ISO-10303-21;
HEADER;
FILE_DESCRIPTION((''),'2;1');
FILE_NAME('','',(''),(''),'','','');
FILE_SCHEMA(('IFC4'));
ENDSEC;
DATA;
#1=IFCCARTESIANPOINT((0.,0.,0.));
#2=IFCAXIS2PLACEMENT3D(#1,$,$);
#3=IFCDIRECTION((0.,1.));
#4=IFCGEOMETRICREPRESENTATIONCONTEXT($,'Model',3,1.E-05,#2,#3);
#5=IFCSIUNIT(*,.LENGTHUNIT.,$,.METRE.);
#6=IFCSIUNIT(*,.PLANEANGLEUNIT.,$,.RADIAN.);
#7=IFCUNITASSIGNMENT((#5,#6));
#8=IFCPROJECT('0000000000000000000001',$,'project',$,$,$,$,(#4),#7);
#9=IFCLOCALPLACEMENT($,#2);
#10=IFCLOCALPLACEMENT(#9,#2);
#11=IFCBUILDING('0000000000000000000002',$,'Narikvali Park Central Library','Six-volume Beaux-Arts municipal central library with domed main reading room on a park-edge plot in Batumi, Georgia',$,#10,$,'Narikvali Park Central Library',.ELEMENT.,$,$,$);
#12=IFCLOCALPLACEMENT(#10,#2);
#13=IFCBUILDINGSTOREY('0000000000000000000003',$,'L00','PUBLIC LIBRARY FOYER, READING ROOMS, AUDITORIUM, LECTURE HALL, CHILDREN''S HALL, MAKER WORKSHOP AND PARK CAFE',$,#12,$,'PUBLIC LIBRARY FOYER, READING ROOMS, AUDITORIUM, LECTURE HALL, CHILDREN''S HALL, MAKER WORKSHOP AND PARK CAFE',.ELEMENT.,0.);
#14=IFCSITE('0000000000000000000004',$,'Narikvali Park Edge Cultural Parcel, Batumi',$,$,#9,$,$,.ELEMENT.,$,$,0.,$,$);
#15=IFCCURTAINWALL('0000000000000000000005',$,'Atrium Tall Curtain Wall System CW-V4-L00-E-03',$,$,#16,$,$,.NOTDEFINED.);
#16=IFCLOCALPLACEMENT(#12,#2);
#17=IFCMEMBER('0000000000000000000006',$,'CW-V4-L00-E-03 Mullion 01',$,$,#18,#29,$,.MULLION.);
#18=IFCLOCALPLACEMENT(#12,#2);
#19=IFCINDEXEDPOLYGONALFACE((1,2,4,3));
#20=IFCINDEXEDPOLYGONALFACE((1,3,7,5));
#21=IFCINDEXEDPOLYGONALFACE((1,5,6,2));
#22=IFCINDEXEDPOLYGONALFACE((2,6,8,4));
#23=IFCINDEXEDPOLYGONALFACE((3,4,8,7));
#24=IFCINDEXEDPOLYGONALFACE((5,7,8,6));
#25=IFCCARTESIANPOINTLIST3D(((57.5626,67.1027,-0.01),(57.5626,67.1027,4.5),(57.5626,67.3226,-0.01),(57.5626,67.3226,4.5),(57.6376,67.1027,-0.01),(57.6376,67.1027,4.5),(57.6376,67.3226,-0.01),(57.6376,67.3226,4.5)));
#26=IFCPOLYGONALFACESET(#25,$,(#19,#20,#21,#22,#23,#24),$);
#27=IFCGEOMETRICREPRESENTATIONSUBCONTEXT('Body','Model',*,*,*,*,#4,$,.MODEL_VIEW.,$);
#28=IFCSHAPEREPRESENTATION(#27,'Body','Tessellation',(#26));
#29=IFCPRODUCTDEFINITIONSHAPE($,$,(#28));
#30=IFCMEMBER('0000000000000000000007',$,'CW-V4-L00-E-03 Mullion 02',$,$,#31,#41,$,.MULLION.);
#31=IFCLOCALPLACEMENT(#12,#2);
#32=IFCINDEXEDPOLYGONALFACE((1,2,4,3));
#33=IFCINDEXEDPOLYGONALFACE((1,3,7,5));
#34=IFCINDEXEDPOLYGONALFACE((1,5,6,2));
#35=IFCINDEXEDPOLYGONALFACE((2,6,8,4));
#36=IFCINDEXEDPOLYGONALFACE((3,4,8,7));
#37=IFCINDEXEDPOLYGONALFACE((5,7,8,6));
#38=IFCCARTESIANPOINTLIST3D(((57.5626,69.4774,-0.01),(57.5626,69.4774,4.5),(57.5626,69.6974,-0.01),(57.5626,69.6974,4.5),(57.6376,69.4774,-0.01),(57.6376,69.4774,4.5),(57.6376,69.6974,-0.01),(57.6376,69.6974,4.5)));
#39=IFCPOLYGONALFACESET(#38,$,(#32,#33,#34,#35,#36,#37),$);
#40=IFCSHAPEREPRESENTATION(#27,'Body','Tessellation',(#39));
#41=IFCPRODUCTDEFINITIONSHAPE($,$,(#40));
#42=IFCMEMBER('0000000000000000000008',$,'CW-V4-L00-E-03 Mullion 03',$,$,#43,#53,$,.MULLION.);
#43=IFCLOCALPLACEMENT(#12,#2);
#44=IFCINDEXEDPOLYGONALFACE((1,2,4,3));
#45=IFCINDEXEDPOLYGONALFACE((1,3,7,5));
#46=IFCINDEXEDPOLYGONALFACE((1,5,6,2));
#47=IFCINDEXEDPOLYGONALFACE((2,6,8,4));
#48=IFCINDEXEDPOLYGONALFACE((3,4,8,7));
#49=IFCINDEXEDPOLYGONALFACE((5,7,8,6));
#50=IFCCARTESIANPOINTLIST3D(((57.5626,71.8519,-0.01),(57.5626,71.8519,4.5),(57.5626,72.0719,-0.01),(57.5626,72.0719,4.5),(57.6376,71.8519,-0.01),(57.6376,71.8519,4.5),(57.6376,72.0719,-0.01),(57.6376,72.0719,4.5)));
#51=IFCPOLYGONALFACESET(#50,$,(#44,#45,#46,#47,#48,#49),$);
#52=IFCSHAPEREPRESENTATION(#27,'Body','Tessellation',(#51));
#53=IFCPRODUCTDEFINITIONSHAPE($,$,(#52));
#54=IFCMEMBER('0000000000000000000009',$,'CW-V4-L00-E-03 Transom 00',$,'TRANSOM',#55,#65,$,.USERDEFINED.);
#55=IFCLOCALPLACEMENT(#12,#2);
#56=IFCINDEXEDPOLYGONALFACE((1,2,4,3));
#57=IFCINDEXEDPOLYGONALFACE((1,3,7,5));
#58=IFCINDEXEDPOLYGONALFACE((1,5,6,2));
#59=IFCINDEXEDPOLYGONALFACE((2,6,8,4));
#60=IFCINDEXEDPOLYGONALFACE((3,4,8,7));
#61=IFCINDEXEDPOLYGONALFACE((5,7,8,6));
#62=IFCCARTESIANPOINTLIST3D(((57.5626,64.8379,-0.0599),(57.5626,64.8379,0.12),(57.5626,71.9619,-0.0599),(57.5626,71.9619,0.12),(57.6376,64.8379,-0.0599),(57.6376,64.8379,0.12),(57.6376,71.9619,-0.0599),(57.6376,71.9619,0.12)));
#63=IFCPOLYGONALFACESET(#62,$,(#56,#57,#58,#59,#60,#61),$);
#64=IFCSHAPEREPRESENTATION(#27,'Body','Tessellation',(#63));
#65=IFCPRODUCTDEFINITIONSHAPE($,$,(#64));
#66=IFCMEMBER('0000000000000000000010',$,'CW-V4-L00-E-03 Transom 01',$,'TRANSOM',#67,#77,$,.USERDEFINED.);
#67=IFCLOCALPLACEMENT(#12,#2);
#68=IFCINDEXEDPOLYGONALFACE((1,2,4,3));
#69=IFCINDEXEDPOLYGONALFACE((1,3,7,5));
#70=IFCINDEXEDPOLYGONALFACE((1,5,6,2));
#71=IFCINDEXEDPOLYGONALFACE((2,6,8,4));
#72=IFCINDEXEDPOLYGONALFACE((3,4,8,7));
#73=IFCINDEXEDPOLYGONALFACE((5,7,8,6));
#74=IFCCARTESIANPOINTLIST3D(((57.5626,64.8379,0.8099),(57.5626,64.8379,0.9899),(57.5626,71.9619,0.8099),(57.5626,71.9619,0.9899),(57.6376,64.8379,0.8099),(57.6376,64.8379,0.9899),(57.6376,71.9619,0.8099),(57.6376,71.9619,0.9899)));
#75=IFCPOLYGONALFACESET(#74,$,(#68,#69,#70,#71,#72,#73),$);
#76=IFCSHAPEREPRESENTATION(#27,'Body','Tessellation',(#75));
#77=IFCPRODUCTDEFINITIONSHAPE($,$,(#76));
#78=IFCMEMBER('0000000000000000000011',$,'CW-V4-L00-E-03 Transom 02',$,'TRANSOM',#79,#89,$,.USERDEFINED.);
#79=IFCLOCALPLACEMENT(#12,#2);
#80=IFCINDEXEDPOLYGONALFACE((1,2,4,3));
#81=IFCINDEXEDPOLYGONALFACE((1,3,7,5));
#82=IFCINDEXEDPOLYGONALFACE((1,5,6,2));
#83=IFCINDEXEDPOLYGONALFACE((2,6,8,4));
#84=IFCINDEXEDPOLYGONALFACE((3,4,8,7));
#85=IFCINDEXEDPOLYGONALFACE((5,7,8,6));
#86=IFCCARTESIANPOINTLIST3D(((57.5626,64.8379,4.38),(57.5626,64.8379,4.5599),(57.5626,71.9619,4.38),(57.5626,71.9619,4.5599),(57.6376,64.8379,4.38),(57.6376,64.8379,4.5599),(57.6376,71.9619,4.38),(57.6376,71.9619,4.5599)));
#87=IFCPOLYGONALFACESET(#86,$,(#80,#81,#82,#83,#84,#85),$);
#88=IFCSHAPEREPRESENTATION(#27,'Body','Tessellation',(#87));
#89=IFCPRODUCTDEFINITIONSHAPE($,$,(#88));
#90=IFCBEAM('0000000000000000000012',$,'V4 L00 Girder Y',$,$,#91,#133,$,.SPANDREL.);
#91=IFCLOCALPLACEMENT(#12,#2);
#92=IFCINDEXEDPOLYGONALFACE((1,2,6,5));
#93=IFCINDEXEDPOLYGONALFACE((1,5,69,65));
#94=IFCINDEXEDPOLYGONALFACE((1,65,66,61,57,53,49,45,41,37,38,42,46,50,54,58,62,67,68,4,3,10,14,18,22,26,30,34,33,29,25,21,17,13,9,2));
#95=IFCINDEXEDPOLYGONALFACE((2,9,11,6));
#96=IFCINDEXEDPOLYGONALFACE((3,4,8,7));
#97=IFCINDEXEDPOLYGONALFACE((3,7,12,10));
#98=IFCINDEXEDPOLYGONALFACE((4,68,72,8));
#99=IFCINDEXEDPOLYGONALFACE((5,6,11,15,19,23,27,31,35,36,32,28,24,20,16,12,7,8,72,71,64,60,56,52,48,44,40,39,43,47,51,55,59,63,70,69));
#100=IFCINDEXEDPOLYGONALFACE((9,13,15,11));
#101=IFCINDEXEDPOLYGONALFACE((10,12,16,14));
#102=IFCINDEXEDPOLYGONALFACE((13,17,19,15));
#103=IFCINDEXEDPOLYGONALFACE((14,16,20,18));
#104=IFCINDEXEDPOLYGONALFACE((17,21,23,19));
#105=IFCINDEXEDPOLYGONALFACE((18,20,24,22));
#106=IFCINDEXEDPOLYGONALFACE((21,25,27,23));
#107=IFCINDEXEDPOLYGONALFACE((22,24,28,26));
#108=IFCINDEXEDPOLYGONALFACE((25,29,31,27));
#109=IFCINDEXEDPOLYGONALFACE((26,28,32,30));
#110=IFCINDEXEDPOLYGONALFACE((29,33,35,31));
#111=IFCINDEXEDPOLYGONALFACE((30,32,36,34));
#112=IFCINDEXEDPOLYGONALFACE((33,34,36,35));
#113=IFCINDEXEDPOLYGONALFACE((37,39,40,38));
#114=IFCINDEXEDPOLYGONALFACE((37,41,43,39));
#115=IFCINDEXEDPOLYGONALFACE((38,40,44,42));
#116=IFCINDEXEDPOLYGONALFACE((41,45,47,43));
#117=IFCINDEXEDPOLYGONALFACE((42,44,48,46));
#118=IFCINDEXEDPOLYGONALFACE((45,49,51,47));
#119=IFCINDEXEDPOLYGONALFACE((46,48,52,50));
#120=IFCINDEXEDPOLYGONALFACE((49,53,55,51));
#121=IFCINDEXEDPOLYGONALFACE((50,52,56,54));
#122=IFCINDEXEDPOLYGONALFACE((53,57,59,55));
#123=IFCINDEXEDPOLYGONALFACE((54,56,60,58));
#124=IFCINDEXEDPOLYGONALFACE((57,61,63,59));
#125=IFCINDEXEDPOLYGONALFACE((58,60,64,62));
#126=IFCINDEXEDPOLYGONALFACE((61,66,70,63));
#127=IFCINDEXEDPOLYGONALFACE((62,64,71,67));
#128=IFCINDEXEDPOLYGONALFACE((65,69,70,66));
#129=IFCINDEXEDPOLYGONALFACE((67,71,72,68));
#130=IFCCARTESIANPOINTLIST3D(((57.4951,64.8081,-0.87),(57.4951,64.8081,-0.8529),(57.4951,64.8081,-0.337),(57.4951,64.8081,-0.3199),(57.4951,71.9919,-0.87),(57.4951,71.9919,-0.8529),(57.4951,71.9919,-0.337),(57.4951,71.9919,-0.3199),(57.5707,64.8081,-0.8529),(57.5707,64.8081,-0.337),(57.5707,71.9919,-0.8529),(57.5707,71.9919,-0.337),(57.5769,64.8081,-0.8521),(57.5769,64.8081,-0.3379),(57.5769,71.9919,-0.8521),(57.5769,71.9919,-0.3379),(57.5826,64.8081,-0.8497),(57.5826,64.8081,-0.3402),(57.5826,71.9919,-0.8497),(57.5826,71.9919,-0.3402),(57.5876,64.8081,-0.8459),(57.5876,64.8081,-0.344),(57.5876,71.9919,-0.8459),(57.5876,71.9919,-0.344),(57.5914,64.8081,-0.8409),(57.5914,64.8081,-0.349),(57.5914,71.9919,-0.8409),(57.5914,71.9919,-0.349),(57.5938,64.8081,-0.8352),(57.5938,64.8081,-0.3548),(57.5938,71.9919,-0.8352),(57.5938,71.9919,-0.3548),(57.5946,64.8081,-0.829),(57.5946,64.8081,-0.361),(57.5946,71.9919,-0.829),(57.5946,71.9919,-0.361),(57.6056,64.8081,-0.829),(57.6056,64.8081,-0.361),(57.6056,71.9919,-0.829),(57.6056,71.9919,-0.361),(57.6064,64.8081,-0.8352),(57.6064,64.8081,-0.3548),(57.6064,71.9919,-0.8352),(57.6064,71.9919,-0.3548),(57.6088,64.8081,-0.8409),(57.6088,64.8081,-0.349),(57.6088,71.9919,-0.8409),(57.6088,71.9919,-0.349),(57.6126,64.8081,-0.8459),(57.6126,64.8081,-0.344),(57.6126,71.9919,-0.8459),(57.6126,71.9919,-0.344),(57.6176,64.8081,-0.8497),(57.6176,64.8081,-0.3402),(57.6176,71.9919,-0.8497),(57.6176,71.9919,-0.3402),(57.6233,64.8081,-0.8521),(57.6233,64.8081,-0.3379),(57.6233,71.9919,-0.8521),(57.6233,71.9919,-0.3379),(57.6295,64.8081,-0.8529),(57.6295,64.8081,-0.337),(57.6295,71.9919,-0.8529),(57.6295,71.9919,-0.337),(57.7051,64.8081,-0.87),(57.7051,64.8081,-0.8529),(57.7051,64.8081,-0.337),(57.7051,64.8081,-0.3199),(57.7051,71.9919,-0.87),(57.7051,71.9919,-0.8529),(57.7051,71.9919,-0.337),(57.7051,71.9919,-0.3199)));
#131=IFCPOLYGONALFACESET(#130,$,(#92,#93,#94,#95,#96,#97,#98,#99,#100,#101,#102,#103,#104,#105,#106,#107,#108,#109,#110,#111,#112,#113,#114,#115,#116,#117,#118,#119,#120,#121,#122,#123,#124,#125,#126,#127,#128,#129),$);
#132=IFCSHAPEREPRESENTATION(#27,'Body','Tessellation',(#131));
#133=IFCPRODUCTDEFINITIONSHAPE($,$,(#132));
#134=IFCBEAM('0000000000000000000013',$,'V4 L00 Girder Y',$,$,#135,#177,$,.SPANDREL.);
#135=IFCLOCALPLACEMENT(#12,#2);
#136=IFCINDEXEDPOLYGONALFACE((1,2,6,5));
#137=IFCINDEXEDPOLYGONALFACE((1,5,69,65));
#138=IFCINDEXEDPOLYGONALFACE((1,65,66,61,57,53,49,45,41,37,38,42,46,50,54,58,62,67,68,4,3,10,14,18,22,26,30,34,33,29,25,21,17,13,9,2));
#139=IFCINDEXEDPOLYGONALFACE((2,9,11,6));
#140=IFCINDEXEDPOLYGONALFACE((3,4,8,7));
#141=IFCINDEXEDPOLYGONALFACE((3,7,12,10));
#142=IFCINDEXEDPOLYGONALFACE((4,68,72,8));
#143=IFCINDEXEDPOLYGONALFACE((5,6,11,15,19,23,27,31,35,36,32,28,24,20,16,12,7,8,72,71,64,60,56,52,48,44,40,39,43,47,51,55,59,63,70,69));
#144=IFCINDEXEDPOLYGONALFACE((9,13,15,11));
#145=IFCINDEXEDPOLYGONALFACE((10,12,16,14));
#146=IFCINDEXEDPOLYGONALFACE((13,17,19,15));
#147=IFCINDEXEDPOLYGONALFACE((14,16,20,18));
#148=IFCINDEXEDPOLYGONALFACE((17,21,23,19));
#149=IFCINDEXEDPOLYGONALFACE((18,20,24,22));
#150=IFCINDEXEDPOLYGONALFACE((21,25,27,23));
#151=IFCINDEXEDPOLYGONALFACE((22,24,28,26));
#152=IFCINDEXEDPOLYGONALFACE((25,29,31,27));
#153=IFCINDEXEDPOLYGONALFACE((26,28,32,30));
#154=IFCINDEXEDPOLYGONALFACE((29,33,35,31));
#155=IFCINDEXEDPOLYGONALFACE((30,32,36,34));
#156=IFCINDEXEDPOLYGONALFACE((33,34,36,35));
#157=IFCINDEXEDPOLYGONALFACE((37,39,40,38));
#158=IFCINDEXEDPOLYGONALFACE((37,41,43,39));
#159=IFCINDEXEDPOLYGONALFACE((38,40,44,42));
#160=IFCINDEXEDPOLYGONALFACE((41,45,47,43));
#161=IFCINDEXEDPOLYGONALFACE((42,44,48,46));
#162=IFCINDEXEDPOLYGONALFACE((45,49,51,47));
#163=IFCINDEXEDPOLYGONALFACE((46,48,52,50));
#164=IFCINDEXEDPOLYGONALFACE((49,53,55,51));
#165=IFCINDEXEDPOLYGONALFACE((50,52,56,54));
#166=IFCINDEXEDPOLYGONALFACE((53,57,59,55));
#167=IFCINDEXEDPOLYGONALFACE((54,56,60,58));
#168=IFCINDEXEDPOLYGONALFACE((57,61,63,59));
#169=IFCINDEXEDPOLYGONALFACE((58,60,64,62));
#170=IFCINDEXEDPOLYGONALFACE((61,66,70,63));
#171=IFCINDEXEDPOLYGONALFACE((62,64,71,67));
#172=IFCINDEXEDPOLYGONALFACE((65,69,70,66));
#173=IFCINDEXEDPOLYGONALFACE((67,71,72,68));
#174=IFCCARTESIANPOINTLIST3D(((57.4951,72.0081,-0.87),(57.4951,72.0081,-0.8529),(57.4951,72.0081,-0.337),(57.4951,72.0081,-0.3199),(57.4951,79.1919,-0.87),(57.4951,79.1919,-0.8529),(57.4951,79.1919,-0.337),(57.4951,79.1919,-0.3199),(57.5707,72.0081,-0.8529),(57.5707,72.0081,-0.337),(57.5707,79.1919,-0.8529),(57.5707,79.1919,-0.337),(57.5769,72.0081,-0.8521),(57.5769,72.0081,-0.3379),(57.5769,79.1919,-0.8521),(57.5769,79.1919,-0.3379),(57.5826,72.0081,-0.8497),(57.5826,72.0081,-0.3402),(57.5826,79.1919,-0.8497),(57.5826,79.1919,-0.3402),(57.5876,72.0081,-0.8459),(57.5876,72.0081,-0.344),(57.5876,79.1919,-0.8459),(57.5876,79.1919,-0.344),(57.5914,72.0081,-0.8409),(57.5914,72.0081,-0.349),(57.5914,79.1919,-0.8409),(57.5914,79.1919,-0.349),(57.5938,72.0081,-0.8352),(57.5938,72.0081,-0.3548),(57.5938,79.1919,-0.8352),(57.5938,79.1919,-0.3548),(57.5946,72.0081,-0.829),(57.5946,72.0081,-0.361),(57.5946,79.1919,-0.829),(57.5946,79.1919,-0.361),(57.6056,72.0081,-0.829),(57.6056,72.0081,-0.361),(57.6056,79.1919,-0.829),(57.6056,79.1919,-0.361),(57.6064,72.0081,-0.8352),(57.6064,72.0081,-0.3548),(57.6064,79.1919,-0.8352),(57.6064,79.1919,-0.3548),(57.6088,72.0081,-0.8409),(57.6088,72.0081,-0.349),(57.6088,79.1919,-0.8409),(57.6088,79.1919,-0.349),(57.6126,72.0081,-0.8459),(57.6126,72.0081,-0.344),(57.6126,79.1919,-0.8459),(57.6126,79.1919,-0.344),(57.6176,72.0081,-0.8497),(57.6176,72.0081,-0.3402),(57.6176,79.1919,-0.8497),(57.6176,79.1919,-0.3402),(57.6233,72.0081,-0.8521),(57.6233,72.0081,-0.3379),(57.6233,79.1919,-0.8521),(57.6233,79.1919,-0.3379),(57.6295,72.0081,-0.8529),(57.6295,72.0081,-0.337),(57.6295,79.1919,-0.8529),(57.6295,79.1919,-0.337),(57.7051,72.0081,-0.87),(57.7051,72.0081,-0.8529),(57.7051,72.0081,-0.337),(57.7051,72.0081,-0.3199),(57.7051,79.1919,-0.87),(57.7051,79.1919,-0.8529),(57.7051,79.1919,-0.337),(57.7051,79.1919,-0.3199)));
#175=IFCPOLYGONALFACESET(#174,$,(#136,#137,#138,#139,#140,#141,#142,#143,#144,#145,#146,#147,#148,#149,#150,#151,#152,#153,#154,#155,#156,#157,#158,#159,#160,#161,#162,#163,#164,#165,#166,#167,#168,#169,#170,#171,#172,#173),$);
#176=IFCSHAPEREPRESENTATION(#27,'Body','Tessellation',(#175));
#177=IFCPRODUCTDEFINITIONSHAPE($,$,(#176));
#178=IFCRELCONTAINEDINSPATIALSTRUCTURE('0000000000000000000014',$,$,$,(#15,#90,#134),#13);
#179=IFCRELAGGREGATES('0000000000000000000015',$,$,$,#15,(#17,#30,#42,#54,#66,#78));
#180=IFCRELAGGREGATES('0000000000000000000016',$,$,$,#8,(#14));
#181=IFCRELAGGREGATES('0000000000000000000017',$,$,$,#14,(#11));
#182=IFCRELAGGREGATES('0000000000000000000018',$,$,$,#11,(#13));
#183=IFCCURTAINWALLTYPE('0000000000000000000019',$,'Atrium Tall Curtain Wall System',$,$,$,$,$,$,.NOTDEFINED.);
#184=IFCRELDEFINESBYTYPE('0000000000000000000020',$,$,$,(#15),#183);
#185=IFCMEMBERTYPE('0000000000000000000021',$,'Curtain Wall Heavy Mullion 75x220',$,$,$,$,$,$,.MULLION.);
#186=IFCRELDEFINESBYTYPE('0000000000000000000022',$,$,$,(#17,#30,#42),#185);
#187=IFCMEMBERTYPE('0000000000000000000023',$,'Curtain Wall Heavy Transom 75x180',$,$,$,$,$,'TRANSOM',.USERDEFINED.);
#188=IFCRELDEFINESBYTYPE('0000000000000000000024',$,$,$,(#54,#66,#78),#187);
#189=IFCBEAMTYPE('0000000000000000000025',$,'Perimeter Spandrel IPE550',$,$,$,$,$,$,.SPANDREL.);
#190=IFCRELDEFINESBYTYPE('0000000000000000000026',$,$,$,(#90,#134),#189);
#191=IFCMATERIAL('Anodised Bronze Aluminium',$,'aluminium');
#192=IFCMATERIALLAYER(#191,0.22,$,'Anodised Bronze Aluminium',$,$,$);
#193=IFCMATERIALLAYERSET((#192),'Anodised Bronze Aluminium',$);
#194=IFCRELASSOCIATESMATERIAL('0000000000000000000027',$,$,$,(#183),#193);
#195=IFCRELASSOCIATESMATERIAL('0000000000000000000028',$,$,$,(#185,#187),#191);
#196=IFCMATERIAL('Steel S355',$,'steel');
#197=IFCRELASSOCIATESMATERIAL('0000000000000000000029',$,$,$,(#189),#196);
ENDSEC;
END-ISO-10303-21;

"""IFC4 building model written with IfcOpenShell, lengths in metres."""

from ifc_helpers import new_model, si_unit, direction, frame, origin, origin_2d, place, context, subcontext, project, spatial, rectangle, i_section, extrude, material, layer, layer_set, material_profile, profile_set, type_object, element, aggregate, save


model = new_model("IFC4")

# Units and contexts
model_context = context("Model", 3, precision=1e-05, world=origin(), true_north=direction((0.0, 1.0)))
body_context = subcontext(model_context, "Body", "Model", "MODEL_VIEW")
ifc_project = project(units=[si_unit("LENGTHUNIT", "METRE"), si_unit("PLANEANGLEUNIT", "RADIAN")], contexts=[model_context])

# Site, building, storey
site_placement = place(None, origin())
site = spatial("IfcSite", under=ifc_project, at=site_placement, Name="Narikvali Park Edge Cultural Parcel, Batumi", CompositionType="ELEMENT", RefElevation=0.0)
building_placement = place(site_placement, origin())
building = spatial("IfcBuilding", under=site, at=building_placement, Name="Narikvali Park Central Library", Description="Six-volume Beaux-Arts municipal central library with domed main reading room on a park-edge plot in Batumi, Georgia", LongName="Narikvali Park Central Library", CompositionType="ELEMENT")
storey_placement = place(building_placement, origin())
storey = spatial("IfcBuildingStorey", under=building, at=storey_placement, Name="L00", Description="PUBLIC LIBRARY FOYER, READING ROOMS, AUDITORIUM, LECTURE HALL, CHILDREN'S HALL, MAKER WORKSHOP AND PARK CAFE", LongName="PUBLIC LIBRARY FOYER, READING ROOMS, AUDITORIUM, LECTURE HALL, CHILDREN'S HALL, MAKER WORKSHOP AND PARK CAFE", CompositionType="ELEMENT", Elevation=0.0)

# Shared definitions
ifc_material_1 = material(Name="Steel S355", Category="steel")

# Curtain wall, members
ifc_material_2 = material(Name="Anodised Bronze Aluminium", Category="aluminium")
ifc_layer_1 = layer(ifc_material_2, 0.22, Name="Anodised Bronze Aluminium")
ifc_layer_set_1 = layer_set([ifc_layer_1], Name="Anodised Bronze Aluminium")
curtain_wall_type = type_object("IfcCurtainWallType", Name="Atrium Tall Curtain Wall System", PredefinedType="NOTDEFINED", material=ifc_layer_set_1)
curtain_wall_placement = place(storey_placement, origin())
curtain_wall = element("IfcCurtainWall", 1, at=curtain_wall_placement, inside=storey, type_object=curtain_wall_type, Name="Atrium Tall Curtain Wall System CW-V4-L00-E-03", PredefinedType="NOTDEFINED")
ifc_material_profile_1 = material_profile(ifc_material_2, rectangle(XDim=0.075, YDim=0.22, at=origin_2d()), Name="CW MULLION 75x220")
ifc_profile_set_1 = profile_set([ifc_material_profile_1], Name="Anodised Bronze Aluminium")
member_type_1 = type_object("IfcMemberType", Name="Curtain Wall Heavy Mullion 75x220", PredefinedType="MULLION", material=ifc_profile_set_1)
member_1_placement = place(storey_placement, frame((57.6001, 67.2126, -0.01), z_axis=(0.0, 0.0, 1.0), x_axis=(1.0, 0.0, 0.0)))
member_1 = element("IfcMember", 2, at=member_1_placement, type_object=member_type_1, Name="CW-V4-L00-E-03 Mullion 01", PredefinedType="MULLION", context=body_context, shape_type="SweptSolid", body=[
    extrude(rectangle(XDim=0.075, YDim=0.22, at=origin_2d()), origin(), (0.0, 0.0, 1.0), 4.51),
])
member_2_placement = place(storey_placement, frame((57.6001, 69.5874, -0.01), z_axis=(0.0, 0.0, 1.0), x_axis=(1.0, 0.0, 0.0)))
member_2 = element("IfcMember", 3, at=member_2_placement, type_object=member_type_1, Name="CW-V4-L00-E-03 Mullion 02", PredefinedType="MULLION", context=body_context, shape_type="SweptSolid", body=[
    extrude(rectangle(XDim=0.075, YDim=0.22, at=origin_2d()), origin(), (0.0, 0.0, 1.0), 4.51),
])
member_3_placement = place(storey_placement, frame((57.6001, 71.9619, -0.01), z_axis=(0.0, 0.0, 1.0), x_axis=(1.0, 0.0, 0.0)))
member_3 = element("IfcMember", 4, at=member_3_placement, type_object=member_type_1, Name="CW-V4-L00-E-03 Mullion 03", PredefinedType="MULLION", context=body_context, shape_type="SweptSolid", body=[
    extrude(rectangle(XDim=0.075, YDim=0.22, at=origin_2d()), origin(), (0.0, 0.0, 1.0), 4.51),
])
ifc_material_profile_2 = material_profile(ifc_material_2, rectangle(XDim=0.075, YDim=0.1799, at=origin_2d()), Name="CW TRANSOM 75x180")
ifc_profile_set_2 = profile_set([ifc_material_profile_2], Name="Anodised Bronze Aluminium")
member_type_2 = type_object("IfcMemberType", Name="Curtain Wall Heavy Transom 75x180", ElementType="TRANSOM", PredefinedType="USERDEFINED", material=ifc_profile_set_2)
member_4_placement = place(storey_placement, frame((57.6001, 64.8379, 0.03), z_axis=(0.0, 1.0, 0.0), x_axis=(-1.0, 0.0, 0.0)))
member_4 = element("IfcMember", 5, at=member_4_placement, type_object=member_type_2, Name="CW-V4-L00-E-03 Transom 00", ObjectType="TRANSOM", PredefinedType="USERDEFINED", context=body_context, shape_type="SweptSolid", body=[
    extrude(rectangle(XDim=0.075, YDim=0.1799, at=origin_2d()), origin(), (0.0, 0.0, 1.0), 7.124),
])
member_5_placement = place(storey_placement, frame((57.6001, 64.8379, 0.8999), z_axis=(0.0, 1.0, 0.0), x_axis=(-1.0, 0.0, 0.0)))
member_5 = element("IfcMember", 6, at=member_5_placement, type_object=member_type_2, Name="CW-V4-L00-E-03 Transom 01", ObjectType="TRANSOM", PredefinedType="USERDEFINED", context=body_context, shape_type="SweptSolid", body=[
    extrude(rectangle(XDim=0.075, YDim=0.1799, at=origin_2d()), origin(), (0.0, 0.0, 1.0), 7.124),
])
member_6_placement = place(storey_placement, frame((57.6001, 64.8379, 4.47), z_axis=(0.0, 1.0, 0.0), x_axis=(-1.0, 0.0, 0.0)))
member_6 = element("IfcMember", 7, at=member_6_placement, type_object=member_type_2, Name="CW-V4-L00-E-03 Transom 02", ObjectType="TRANSOM", PredefinedType="USERDEFINED", context=body_context, shape_type="SweptSolid", body=[
    extrude(rectangle(XDim=0.075, YDim=0.1799, at=origin_2d()), origin(), (0.0, 0.0, 1.0), 7.124),
])

# Beams
ifc_material_profile_3 = material_profile(ifc_material_1, i_section(OverallWidth=0.21, OverallDepth=0.55, WebThickness=0.011, FlangeThickness=0.0171, FilletRadius=0.0239, at=origin_2d()), Name="IPE 550")
ifc_profile_set_3 = profile_set([ifc_material_profile_3], Name="Steel S355")
beam_type_1 = type_object("IfcBeamType", Name="Perimeter Spandrel IPE550", PredefinedType="SPANDREL", material=ifc_profile_set_3)
for number, where, z_axis, x_axis, name in (
    (8, (57.6001, 64.8081, -0.595), (0.0, 1.0, 0.0), (-1.0, 0.0, 0.0), "V4 L00 Girder Y"),
    (9, (57.6001, 72.0081, -0.595), (0.0, 1.0, 0.0), (-1.0, 0.0, 0.0), "V4 L00 Girder Y"),
):
    element("IfcBeam", number, at=place(storey_placement, frame(where, z_axis=z_axis, x_axis=x_axis)), inside=storey, type_object=beam_type_1, Name=name, PredefinedType="SPANDREL", context=body_context, shape_type="SweptSolid", body=[
        extrude(i_section(OverallWidth=0.21, OverallDepth=0.55, WebThickness=0.011, FlangeThickness=0.0171, FilletRadius=0.0239, at=origin_2d()), origin(), (0.0, 0.0, 1.0), 7.1838),
    ])

aggregate(curtain_wall, [member_1, member_2, member_3, member_4, member_5, member_6])

save(model, "model.ifc")
